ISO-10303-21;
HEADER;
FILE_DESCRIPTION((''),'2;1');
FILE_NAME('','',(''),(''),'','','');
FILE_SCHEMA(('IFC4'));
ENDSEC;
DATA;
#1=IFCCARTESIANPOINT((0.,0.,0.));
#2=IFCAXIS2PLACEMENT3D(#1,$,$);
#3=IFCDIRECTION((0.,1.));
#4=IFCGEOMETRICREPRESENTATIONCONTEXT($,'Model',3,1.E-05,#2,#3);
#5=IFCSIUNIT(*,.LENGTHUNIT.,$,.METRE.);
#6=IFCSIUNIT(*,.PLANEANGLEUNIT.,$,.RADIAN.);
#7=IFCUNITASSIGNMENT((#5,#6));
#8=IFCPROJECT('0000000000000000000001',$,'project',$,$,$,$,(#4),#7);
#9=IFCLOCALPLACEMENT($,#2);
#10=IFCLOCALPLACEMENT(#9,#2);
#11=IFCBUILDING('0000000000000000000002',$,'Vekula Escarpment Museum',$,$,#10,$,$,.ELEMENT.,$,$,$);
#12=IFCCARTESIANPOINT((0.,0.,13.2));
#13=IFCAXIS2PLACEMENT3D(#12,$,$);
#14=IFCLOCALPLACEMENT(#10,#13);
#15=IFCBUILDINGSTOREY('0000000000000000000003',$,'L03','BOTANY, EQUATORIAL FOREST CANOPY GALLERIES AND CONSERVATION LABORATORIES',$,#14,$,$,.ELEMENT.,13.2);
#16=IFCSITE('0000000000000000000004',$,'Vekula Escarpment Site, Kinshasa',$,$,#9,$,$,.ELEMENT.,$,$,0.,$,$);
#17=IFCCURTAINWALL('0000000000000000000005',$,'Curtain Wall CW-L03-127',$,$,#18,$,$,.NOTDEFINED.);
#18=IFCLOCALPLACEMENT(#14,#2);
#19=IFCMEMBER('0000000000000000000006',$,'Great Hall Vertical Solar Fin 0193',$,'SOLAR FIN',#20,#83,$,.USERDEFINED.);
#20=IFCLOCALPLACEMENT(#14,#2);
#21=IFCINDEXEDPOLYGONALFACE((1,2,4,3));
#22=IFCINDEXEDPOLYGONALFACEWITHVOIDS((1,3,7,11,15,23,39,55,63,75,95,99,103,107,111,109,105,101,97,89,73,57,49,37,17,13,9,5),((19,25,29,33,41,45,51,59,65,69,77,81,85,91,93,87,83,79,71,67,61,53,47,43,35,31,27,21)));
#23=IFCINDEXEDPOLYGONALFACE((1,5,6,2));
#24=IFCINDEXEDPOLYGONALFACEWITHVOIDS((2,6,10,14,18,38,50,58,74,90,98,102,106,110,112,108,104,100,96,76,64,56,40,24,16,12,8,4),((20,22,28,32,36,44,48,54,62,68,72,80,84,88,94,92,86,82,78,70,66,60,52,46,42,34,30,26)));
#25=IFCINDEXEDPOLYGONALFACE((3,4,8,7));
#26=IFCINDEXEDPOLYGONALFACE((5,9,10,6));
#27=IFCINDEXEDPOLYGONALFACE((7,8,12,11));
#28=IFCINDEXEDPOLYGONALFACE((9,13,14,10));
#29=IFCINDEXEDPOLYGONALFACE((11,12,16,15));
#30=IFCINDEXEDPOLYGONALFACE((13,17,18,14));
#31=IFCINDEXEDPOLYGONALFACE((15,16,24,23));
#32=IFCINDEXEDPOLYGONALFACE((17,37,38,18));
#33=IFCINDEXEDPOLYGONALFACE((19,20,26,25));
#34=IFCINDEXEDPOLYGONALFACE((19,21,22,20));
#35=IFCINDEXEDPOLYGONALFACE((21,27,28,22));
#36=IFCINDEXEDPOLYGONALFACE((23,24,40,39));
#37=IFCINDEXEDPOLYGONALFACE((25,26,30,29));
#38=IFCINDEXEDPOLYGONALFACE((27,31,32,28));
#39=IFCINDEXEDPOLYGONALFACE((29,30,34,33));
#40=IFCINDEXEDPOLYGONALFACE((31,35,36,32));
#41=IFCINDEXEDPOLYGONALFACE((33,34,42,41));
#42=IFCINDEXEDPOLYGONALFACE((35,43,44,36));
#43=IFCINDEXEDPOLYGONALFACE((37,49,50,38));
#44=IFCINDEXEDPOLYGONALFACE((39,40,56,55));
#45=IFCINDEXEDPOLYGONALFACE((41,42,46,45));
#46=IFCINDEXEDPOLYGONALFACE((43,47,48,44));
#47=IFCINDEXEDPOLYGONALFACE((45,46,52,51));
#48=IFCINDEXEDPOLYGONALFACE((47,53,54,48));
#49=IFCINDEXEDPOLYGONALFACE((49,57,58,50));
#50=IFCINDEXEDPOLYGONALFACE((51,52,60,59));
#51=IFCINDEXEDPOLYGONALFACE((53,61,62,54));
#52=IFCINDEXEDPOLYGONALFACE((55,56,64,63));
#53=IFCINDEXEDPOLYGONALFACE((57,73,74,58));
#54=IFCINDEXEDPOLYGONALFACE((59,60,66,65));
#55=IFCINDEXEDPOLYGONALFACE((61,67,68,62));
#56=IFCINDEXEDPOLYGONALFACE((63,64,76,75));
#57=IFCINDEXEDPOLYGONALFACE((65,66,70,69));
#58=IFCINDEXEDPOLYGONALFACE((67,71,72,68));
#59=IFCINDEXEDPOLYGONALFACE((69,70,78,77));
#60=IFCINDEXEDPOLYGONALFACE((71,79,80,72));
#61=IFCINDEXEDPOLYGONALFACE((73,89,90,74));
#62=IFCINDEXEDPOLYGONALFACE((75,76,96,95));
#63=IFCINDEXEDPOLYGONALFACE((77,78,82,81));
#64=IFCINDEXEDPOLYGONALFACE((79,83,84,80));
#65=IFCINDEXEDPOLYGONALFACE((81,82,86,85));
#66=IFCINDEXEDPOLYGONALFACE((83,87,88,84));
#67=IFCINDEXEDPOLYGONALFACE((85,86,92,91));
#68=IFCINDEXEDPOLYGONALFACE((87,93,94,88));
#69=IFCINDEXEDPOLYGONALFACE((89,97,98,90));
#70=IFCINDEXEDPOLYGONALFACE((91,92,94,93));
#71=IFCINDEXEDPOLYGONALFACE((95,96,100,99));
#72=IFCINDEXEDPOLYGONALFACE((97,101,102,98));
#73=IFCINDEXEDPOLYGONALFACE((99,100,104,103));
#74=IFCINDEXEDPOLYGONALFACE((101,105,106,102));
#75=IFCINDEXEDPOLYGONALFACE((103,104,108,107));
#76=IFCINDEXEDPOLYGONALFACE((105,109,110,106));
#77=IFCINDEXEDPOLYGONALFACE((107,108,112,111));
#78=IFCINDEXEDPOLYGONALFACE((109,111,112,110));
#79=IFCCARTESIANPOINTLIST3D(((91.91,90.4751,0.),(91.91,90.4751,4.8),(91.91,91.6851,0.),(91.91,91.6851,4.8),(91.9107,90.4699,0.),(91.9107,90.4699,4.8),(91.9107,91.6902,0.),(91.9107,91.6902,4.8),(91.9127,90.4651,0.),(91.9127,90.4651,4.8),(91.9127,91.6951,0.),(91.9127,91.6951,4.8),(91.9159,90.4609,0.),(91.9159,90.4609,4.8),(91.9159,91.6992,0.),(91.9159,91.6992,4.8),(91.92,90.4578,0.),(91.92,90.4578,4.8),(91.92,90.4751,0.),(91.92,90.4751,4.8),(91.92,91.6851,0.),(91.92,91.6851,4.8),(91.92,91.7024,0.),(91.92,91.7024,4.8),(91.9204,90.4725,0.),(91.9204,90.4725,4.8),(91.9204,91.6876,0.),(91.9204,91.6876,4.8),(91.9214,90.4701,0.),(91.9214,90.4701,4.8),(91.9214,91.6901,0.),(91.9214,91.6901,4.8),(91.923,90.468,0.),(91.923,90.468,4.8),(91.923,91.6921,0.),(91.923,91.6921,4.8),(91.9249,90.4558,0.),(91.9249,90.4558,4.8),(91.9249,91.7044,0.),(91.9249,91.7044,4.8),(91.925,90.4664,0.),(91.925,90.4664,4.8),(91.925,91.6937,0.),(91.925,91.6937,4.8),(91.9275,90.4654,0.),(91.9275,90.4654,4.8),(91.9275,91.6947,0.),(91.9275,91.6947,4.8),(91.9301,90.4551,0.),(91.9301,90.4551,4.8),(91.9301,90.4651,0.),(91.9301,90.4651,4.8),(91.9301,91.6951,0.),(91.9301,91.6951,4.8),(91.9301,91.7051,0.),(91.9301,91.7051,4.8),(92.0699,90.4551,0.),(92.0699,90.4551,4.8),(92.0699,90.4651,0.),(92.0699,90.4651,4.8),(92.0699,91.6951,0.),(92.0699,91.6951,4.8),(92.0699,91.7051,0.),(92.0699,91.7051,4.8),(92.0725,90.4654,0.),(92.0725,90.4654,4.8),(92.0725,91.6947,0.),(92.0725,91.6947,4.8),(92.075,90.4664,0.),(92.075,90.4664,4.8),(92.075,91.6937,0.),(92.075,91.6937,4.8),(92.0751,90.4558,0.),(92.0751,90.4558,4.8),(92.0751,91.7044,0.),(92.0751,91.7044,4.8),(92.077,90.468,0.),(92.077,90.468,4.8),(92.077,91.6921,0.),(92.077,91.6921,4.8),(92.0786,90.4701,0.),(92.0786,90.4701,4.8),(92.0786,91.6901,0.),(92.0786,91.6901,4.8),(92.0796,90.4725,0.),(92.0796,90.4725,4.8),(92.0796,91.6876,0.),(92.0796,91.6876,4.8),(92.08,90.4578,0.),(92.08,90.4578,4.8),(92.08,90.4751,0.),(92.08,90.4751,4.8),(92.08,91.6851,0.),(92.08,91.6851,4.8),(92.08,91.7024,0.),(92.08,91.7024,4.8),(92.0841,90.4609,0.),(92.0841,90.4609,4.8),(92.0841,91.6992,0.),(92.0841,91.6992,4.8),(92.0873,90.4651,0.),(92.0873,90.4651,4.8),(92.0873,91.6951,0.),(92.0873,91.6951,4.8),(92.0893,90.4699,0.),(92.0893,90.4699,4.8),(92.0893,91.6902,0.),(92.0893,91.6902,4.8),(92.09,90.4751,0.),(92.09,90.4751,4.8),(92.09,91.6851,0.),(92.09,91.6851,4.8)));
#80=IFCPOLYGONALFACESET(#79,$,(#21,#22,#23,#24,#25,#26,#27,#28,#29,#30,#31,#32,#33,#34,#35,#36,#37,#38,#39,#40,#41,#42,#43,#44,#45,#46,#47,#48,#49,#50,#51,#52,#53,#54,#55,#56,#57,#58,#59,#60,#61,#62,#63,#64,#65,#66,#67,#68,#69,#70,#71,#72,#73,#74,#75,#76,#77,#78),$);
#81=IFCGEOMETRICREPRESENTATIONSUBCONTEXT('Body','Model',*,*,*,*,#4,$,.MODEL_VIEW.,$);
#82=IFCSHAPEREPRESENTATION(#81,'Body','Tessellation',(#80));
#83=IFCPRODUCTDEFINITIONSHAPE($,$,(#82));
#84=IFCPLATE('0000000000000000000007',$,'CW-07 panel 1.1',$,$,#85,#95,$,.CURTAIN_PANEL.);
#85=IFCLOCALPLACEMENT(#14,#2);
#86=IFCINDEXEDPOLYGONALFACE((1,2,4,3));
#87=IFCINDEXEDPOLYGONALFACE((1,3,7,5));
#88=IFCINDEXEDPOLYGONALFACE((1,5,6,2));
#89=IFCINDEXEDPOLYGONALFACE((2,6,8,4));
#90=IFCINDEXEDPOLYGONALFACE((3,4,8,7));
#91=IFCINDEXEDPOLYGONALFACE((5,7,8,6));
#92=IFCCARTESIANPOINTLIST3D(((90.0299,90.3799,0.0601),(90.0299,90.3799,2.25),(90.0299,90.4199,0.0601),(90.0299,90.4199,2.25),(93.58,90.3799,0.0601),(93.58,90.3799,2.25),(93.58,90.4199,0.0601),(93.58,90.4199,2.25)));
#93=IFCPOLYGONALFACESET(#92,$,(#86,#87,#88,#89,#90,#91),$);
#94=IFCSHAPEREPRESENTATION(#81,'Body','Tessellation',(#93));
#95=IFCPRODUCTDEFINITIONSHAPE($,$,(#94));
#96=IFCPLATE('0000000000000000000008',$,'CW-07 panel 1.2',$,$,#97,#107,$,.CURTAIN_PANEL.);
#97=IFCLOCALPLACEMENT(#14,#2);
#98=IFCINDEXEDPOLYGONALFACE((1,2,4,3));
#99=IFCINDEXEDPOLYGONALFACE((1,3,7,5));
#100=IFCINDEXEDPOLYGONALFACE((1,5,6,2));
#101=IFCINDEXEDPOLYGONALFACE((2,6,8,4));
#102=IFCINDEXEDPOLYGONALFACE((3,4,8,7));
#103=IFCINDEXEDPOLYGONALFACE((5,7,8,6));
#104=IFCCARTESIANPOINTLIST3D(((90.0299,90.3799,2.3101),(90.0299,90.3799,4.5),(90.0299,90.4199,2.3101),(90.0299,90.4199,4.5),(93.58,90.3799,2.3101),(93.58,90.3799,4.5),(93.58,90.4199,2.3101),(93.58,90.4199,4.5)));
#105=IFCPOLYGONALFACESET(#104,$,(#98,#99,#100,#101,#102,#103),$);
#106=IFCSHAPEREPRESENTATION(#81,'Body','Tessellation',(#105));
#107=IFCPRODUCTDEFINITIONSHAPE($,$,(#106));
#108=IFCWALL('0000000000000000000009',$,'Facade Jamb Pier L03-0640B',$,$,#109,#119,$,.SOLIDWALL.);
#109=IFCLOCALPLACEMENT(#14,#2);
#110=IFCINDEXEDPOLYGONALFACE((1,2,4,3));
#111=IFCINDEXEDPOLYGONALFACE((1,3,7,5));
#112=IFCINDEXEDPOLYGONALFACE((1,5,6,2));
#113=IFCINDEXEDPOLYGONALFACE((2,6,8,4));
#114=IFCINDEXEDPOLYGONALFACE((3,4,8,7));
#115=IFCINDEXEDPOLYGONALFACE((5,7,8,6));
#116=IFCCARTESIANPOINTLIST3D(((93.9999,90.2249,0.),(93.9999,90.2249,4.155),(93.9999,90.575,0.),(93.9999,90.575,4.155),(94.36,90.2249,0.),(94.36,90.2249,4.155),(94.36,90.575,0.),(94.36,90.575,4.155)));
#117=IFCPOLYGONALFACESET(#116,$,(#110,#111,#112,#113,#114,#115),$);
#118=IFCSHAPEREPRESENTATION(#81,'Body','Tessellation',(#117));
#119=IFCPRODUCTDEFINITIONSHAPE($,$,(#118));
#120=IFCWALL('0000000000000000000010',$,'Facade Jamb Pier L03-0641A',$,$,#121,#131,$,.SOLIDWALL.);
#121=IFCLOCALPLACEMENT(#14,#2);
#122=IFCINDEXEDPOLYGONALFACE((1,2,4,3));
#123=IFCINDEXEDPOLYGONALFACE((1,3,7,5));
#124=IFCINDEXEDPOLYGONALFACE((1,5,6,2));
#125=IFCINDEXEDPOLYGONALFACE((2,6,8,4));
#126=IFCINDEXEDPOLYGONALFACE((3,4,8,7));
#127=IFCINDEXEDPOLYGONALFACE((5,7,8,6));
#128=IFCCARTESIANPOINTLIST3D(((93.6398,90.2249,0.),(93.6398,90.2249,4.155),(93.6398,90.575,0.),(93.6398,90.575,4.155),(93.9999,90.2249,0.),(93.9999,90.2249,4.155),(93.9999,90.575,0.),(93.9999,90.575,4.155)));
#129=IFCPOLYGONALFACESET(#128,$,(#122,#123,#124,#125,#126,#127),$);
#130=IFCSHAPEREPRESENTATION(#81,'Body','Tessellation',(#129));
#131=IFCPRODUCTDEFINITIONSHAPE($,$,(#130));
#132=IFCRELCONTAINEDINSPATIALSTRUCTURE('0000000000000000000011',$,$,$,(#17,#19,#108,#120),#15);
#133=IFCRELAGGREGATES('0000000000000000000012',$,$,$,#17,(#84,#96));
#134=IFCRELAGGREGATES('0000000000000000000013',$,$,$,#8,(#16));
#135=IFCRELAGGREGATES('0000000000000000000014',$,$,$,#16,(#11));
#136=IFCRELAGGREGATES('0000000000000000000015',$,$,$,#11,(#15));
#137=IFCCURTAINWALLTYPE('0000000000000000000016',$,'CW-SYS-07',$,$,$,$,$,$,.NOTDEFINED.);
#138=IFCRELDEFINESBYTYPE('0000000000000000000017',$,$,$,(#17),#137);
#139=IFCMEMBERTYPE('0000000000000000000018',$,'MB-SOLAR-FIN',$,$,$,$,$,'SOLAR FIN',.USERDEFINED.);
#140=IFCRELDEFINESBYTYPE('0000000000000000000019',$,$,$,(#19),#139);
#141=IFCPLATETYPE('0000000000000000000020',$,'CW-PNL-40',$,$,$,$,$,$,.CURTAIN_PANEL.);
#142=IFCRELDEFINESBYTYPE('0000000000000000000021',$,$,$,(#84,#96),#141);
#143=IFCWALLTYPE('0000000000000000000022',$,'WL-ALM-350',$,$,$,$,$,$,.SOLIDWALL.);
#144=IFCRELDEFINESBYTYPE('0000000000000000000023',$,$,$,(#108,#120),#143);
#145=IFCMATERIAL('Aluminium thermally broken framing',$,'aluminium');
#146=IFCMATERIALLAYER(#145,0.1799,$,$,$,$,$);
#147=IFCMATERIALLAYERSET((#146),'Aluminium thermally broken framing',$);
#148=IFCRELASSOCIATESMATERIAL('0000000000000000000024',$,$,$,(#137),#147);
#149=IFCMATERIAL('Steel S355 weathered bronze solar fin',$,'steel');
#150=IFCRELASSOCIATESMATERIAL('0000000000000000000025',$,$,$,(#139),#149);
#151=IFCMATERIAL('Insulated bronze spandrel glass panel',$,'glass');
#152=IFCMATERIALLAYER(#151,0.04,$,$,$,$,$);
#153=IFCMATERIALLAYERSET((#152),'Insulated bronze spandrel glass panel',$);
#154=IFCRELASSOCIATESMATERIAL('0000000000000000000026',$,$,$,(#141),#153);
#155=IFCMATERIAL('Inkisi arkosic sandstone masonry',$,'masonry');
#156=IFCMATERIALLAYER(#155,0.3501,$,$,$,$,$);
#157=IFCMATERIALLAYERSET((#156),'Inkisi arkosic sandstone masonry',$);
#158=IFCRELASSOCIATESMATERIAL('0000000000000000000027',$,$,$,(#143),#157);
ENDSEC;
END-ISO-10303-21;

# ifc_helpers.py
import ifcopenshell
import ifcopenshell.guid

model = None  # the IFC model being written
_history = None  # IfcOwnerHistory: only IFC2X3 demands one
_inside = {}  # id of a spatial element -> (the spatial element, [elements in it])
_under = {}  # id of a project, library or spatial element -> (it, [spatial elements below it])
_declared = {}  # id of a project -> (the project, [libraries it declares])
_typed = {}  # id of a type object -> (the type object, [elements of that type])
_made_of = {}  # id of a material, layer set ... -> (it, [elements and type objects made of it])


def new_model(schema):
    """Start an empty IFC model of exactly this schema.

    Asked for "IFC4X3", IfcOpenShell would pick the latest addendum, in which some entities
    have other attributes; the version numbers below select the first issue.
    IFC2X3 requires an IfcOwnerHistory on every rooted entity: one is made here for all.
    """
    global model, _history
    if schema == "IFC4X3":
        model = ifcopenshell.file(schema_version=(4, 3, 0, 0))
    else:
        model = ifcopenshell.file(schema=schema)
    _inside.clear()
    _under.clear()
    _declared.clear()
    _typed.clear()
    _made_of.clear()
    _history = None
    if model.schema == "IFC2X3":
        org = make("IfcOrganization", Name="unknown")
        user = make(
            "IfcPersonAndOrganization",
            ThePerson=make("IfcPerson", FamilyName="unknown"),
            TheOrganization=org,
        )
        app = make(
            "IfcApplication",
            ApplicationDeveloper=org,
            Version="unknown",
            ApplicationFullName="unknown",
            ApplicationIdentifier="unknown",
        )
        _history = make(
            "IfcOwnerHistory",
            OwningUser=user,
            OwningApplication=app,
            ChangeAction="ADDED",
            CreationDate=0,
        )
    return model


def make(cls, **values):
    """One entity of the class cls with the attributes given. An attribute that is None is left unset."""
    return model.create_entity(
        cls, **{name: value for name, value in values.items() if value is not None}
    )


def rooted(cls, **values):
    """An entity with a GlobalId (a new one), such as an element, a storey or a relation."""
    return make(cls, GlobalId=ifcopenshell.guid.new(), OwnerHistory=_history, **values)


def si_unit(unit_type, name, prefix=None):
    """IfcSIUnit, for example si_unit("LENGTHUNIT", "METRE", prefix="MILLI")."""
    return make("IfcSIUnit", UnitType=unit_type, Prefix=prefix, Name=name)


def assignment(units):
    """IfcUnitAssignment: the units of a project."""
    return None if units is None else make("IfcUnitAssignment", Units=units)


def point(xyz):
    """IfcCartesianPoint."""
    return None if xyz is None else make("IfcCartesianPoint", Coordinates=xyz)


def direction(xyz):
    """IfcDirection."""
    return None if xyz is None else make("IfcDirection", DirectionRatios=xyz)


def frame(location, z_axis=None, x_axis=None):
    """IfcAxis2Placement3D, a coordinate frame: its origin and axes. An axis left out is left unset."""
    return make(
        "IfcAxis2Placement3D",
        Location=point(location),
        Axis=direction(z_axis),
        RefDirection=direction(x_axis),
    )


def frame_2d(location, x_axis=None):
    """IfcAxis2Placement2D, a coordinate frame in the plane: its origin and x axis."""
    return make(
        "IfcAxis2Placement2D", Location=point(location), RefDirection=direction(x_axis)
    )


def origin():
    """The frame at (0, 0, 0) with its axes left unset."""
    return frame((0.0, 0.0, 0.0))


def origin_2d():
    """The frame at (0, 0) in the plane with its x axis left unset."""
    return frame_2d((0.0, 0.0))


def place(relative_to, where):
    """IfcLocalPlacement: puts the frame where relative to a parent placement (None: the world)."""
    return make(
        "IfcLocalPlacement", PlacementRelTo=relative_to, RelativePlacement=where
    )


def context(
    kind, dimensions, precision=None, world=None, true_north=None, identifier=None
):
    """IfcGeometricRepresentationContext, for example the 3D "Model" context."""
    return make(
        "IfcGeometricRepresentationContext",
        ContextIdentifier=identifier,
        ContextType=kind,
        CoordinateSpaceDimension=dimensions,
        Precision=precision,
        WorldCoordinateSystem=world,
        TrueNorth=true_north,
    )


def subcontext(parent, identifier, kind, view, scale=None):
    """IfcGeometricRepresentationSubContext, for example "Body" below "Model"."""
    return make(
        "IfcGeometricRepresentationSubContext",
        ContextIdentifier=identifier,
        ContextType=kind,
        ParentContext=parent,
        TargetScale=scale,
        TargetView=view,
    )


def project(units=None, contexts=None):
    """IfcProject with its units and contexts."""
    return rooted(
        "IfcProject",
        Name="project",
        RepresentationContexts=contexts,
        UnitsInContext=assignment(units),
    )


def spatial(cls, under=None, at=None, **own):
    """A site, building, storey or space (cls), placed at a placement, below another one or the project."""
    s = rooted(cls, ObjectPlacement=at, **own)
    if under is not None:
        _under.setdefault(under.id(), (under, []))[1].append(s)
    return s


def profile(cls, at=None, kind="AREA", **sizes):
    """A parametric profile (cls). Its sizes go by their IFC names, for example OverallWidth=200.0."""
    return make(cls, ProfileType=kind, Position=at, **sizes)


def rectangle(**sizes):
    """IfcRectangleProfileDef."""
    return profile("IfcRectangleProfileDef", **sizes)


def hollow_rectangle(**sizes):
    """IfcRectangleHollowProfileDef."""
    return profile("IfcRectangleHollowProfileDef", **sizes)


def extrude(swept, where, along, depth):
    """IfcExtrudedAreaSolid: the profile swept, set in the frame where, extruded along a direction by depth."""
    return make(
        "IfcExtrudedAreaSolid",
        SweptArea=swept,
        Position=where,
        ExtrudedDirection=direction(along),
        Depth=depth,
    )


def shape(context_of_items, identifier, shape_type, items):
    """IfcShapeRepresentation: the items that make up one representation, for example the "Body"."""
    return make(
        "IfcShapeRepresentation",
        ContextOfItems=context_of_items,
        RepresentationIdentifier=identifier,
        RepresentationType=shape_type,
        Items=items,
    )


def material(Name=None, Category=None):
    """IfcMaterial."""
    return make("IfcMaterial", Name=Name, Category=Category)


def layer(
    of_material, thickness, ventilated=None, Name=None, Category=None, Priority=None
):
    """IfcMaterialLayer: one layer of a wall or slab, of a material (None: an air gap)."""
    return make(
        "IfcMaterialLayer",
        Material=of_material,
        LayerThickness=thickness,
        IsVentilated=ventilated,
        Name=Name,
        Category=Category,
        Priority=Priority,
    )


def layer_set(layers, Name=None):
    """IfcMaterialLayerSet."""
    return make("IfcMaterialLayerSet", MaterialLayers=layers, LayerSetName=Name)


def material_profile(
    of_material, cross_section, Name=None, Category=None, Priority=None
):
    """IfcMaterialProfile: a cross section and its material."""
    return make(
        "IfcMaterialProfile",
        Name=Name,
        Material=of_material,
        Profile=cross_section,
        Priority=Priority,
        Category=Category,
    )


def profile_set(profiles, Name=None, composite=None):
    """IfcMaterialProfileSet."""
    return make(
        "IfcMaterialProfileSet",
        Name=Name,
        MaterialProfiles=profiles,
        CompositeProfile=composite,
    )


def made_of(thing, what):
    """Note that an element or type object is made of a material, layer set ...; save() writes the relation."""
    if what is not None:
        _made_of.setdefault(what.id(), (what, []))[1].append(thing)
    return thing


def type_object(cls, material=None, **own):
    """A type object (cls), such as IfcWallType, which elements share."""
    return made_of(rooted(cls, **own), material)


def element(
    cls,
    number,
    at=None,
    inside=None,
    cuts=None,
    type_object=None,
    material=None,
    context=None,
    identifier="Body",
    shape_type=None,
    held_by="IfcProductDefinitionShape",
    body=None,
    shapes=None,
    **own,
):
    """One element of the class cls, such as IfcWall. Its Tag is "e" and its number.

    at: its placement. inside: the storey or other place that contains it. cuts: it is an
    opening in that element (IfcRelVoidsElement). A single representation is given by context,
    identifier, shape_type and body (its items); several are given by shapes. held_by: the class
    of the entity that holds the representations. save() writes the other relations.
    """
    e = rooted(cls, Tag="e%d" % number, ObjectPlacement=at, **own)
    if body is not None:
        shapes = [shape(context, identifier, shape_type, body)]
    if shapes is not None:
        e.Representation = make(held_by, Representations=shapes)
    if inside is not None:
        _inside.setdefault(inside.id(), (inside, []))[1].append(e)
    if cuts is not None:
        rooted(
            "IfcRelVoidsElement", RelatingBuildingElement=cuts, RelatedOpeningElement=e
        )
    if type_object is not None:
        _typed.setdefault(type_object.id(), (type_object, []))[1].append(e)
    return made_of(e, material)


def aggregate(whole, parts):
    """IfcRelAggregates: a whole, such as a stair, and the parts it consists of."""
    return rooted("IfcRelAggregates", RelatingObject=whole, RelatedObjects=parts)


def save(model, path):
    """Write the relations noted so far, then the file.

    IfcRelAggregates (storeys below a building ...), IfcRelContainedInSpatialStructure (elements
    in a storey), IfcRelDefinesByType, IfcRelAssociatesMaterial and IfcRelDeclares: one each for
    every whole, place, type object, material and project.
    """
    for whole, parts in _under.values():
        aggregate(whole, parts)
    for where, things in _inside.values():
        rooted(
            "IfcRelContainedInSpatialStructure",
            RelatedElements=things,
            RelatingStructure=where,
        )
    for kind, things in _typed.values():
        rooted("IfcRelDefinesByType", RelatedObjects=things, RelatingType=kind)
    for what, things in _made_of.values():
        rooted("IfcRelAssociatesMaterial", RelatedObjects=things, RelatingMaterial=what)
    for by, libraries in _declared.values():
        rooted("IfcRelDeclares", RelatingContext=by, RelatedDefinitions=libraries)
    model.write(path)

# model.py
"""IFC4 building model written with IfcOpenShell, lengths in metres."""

from ifc_helpers import new_model, si_unit, direction, frame, frame_2d, origin, origin_2d, place, context, subcontext, project, spatial, rectangle, hollow_rectangle, extrude, material, layer, layer_set, material_profile, profile_set, type_object, element, aggregate, save


model = new_model("IFC4")

# Units and contexts
model_context = context("Model", 3, precision=1e-05, world=origin(), true_north=direction((0.0, 1.0)))
body_context = subcontext(model_context, "Body", "Model", "MODEL_VIEW")
ifc_project = project(units=[si_unit("LENGTHUNIT", "METRE"), si_unit("PLANEANGLEUNIT", "RADIAN")], contexts=[model_context])

# Site, building, storey
site_placement = place(None, origin())
site = spatial("IfcSite", under=ifc_project, at=site_placement, Name="Vekula Escarpment Site, Kinshasa", CompositionType="ELEMENT", RefElevation=0.0)
building_placement = place(site_placement, origin())
building = spatial("IfcBuilding", under=site, at=building_placement, Name="Vekula Escarpment Museum", CompositionType="ELEMENT")
storey_placement = place(building_placement, frame((0.0, 0.0, 13.2)))
storey = spatial("IfcBuildingStorey", under=building, at=storey_placement, Name="L03", Description="BOTANY, EQUATORIAL FOREST CANOPY GALLERIES AND CONSERVATION LABORATORIES", CompositionType="ELEMENT", Elevation=13.2)

# Curtain wall
ifc_material_1 = material(Name="Aluminium thermally broken framing", Category="aluminium")
ifc_layer_1 = layer(ifc_material_1, 0.1799)
ifc_layer_set_1 = layer_set([ifc_layer_1], Name="Aluminium thermally broken framing")
curtain_wall_type_1 = type_object("IfcCurtainWallType", Name="CW-SYS-07", PredefinedType="NOTDEFINED", material=ifc_layer_set_1)
curtain_wall_1_placement = place(storey_placement, origin())
curtain_wall_1 = element("IfcCurtainWall", 1, at=curtain_wall_1_placement, inside=storey, type_object=curtain_wall_type_1, Name="Curtain Wall CW-L03-127", PredefinedType="NOTDEFINED")

# Member
ifc_material_2 = material(Name="Steel S355 weathered bronze solar fin", Category="steel")
ifc_material_profile_1 = material_profile(ifc_material_2, hollow_rectangle(XDim=0.1799, YDim=1.25, WallThickness=0.01, InnerFilletRadius=0.01, OuterFilletRadius=0.02, at=origin_2d()), Name="RHS 1250x180x10")
ifc_profile_set_1 = profile_set([ifc_material_profile_1], Name="Steel S355 weathered bronze solar fin")
member_type_1 = type_object("IfcMemberType", Name="MB-SOLAR-FIN", ElementType="SOLAR FIN", PredefinedType="USERDEFINED", material=ifc_profile_set_1)
for number, where, z_axis, x_axis, name in (
    (2, (92.0, 91.0801, 0.0), (0.0, 0.0, 1.0), (1.0, 0.0, 0.0), "Great Hall Vertical Solar Fin 0193"),
):
    element("IfcMember", number, at=place(storey_placement, frame(where, z_axis=z_axis, x_axis=x_axis)), inside=storey, type_object=member_type_1, Name=name, ObjectType="SOLAR FIN", PredefinedType="USERDEFINED", context=body_context, shape_type="SweptSolid", body=[
        extrude(hollow_rectangle(XDim=0.1799, YDim=1.25, WallThickness=0.01, InnerFilletRadius=0.01, OuterFilletRadius=0.02, at=origin_2d()), origin(), (0.0, 0.0, 1.0), 4.8),
    ])

# Plates
ifc_material_3 = material(Name="Insulated bronze spandrel glass panel", Category="glass")
ifc_layer_2 = layer(ifc_material_3, 0.04)
ifc_layer_set_2 = layer_set([ifc_layer_2], Name="Insulated bronze spandrel glass panel")
plate_type = type_object("IfcPlateType", Name="CW-PNL-40", PredefinedType="CURTAIN_PANEL", material=ifc_layer_set_2)
plate_1_placement = place(storey_placement, frame((91.8049, 90.3999, 0.0601), z_axis=(0.0, 0.0, 1.0), x_axis=(-1.0, 0.0, 0.0)))
plate_1 = element("IfcPlate", 3, at=plate_1_placement, type_object=plate_type, Name="CW-07 panel 1.1", PredefinedType="CURTAIN_PANEL", context=body_context, shape_type="SweptSolid", body=[
    extrude(rectangle(XDim=3.55, YDim=0.04, at=origin_2d()), origin(), (0.0, 0.0, 1.0), 2.1899),
])
plate_2_placement = place(storey_placement, frame((91.8049, 90.3999, 2.3101), z_axis=(0.0, 0.0, 1.0), x_axis=(-1.0, 0.0, 0.0)))
plate_2 = element("IfcPlate", 4, at=plate_2_placement, type_object=plate_type, Name="CW-07 panel 1.2", PredefinedType="CURTAIN_PANEL", context=body_context, shape_type="SweptSolid", body=[
    extrude(rectangle(XDim=3.55, YDim=0.04, at=origin_2d()), origin(), (0.0, 0.0, 1.0), 2.1899),
])
aggregate(curtain_wall_1, [plate_1, plate_2])

# Walls
ifc_material_4 = material(Name="Inkisi arkosic sandstone masonry", Category="masonry")
ifc_layer_3 = layer(ifc_material_4, 0.3501)
ifc_layer_set_3 = layer_set([ifc_layer_3], Name="Inkisi arkosic sandstone masonry")
wall_type = type_object("IfcWallType", Name="WL-ALM-350", PredefinedType="SOLIDWALL", material=ifc_layer_set_3)
for number, where, z_axis, x_axis, name in (
    (5, (94.3601, 90.3999, 0.0), (0.0, 0.0, 1.0), (-1.0, 0.0, 0.0), "Facade Jamb Pier L03-0640B"),
    (6, (94.0, 90.3999, 0.0), (0.0, 0.0, 1.0), (-1.0, 0.0, 0.0), "Facade Jamb Pier L03-0641A"),
):
    element("IfcWall", number, at=place(storey_placement, frame(where, z_axis=z_axis, x_axis=x_axis)), inside=storey, type_object=wall_type, Name=name, PredefinedType="SOLIDWALL", context=body_context, shape_type="SweptSolid", body=[
        extrude(rectangle(XDim=0.3601, YDim=0.3501, at=frame_2d((0.1802, 0.0))), origin(), (0.0, 0.0, 1.0), 4.155),
    ])

save(model, "model.ifc")
